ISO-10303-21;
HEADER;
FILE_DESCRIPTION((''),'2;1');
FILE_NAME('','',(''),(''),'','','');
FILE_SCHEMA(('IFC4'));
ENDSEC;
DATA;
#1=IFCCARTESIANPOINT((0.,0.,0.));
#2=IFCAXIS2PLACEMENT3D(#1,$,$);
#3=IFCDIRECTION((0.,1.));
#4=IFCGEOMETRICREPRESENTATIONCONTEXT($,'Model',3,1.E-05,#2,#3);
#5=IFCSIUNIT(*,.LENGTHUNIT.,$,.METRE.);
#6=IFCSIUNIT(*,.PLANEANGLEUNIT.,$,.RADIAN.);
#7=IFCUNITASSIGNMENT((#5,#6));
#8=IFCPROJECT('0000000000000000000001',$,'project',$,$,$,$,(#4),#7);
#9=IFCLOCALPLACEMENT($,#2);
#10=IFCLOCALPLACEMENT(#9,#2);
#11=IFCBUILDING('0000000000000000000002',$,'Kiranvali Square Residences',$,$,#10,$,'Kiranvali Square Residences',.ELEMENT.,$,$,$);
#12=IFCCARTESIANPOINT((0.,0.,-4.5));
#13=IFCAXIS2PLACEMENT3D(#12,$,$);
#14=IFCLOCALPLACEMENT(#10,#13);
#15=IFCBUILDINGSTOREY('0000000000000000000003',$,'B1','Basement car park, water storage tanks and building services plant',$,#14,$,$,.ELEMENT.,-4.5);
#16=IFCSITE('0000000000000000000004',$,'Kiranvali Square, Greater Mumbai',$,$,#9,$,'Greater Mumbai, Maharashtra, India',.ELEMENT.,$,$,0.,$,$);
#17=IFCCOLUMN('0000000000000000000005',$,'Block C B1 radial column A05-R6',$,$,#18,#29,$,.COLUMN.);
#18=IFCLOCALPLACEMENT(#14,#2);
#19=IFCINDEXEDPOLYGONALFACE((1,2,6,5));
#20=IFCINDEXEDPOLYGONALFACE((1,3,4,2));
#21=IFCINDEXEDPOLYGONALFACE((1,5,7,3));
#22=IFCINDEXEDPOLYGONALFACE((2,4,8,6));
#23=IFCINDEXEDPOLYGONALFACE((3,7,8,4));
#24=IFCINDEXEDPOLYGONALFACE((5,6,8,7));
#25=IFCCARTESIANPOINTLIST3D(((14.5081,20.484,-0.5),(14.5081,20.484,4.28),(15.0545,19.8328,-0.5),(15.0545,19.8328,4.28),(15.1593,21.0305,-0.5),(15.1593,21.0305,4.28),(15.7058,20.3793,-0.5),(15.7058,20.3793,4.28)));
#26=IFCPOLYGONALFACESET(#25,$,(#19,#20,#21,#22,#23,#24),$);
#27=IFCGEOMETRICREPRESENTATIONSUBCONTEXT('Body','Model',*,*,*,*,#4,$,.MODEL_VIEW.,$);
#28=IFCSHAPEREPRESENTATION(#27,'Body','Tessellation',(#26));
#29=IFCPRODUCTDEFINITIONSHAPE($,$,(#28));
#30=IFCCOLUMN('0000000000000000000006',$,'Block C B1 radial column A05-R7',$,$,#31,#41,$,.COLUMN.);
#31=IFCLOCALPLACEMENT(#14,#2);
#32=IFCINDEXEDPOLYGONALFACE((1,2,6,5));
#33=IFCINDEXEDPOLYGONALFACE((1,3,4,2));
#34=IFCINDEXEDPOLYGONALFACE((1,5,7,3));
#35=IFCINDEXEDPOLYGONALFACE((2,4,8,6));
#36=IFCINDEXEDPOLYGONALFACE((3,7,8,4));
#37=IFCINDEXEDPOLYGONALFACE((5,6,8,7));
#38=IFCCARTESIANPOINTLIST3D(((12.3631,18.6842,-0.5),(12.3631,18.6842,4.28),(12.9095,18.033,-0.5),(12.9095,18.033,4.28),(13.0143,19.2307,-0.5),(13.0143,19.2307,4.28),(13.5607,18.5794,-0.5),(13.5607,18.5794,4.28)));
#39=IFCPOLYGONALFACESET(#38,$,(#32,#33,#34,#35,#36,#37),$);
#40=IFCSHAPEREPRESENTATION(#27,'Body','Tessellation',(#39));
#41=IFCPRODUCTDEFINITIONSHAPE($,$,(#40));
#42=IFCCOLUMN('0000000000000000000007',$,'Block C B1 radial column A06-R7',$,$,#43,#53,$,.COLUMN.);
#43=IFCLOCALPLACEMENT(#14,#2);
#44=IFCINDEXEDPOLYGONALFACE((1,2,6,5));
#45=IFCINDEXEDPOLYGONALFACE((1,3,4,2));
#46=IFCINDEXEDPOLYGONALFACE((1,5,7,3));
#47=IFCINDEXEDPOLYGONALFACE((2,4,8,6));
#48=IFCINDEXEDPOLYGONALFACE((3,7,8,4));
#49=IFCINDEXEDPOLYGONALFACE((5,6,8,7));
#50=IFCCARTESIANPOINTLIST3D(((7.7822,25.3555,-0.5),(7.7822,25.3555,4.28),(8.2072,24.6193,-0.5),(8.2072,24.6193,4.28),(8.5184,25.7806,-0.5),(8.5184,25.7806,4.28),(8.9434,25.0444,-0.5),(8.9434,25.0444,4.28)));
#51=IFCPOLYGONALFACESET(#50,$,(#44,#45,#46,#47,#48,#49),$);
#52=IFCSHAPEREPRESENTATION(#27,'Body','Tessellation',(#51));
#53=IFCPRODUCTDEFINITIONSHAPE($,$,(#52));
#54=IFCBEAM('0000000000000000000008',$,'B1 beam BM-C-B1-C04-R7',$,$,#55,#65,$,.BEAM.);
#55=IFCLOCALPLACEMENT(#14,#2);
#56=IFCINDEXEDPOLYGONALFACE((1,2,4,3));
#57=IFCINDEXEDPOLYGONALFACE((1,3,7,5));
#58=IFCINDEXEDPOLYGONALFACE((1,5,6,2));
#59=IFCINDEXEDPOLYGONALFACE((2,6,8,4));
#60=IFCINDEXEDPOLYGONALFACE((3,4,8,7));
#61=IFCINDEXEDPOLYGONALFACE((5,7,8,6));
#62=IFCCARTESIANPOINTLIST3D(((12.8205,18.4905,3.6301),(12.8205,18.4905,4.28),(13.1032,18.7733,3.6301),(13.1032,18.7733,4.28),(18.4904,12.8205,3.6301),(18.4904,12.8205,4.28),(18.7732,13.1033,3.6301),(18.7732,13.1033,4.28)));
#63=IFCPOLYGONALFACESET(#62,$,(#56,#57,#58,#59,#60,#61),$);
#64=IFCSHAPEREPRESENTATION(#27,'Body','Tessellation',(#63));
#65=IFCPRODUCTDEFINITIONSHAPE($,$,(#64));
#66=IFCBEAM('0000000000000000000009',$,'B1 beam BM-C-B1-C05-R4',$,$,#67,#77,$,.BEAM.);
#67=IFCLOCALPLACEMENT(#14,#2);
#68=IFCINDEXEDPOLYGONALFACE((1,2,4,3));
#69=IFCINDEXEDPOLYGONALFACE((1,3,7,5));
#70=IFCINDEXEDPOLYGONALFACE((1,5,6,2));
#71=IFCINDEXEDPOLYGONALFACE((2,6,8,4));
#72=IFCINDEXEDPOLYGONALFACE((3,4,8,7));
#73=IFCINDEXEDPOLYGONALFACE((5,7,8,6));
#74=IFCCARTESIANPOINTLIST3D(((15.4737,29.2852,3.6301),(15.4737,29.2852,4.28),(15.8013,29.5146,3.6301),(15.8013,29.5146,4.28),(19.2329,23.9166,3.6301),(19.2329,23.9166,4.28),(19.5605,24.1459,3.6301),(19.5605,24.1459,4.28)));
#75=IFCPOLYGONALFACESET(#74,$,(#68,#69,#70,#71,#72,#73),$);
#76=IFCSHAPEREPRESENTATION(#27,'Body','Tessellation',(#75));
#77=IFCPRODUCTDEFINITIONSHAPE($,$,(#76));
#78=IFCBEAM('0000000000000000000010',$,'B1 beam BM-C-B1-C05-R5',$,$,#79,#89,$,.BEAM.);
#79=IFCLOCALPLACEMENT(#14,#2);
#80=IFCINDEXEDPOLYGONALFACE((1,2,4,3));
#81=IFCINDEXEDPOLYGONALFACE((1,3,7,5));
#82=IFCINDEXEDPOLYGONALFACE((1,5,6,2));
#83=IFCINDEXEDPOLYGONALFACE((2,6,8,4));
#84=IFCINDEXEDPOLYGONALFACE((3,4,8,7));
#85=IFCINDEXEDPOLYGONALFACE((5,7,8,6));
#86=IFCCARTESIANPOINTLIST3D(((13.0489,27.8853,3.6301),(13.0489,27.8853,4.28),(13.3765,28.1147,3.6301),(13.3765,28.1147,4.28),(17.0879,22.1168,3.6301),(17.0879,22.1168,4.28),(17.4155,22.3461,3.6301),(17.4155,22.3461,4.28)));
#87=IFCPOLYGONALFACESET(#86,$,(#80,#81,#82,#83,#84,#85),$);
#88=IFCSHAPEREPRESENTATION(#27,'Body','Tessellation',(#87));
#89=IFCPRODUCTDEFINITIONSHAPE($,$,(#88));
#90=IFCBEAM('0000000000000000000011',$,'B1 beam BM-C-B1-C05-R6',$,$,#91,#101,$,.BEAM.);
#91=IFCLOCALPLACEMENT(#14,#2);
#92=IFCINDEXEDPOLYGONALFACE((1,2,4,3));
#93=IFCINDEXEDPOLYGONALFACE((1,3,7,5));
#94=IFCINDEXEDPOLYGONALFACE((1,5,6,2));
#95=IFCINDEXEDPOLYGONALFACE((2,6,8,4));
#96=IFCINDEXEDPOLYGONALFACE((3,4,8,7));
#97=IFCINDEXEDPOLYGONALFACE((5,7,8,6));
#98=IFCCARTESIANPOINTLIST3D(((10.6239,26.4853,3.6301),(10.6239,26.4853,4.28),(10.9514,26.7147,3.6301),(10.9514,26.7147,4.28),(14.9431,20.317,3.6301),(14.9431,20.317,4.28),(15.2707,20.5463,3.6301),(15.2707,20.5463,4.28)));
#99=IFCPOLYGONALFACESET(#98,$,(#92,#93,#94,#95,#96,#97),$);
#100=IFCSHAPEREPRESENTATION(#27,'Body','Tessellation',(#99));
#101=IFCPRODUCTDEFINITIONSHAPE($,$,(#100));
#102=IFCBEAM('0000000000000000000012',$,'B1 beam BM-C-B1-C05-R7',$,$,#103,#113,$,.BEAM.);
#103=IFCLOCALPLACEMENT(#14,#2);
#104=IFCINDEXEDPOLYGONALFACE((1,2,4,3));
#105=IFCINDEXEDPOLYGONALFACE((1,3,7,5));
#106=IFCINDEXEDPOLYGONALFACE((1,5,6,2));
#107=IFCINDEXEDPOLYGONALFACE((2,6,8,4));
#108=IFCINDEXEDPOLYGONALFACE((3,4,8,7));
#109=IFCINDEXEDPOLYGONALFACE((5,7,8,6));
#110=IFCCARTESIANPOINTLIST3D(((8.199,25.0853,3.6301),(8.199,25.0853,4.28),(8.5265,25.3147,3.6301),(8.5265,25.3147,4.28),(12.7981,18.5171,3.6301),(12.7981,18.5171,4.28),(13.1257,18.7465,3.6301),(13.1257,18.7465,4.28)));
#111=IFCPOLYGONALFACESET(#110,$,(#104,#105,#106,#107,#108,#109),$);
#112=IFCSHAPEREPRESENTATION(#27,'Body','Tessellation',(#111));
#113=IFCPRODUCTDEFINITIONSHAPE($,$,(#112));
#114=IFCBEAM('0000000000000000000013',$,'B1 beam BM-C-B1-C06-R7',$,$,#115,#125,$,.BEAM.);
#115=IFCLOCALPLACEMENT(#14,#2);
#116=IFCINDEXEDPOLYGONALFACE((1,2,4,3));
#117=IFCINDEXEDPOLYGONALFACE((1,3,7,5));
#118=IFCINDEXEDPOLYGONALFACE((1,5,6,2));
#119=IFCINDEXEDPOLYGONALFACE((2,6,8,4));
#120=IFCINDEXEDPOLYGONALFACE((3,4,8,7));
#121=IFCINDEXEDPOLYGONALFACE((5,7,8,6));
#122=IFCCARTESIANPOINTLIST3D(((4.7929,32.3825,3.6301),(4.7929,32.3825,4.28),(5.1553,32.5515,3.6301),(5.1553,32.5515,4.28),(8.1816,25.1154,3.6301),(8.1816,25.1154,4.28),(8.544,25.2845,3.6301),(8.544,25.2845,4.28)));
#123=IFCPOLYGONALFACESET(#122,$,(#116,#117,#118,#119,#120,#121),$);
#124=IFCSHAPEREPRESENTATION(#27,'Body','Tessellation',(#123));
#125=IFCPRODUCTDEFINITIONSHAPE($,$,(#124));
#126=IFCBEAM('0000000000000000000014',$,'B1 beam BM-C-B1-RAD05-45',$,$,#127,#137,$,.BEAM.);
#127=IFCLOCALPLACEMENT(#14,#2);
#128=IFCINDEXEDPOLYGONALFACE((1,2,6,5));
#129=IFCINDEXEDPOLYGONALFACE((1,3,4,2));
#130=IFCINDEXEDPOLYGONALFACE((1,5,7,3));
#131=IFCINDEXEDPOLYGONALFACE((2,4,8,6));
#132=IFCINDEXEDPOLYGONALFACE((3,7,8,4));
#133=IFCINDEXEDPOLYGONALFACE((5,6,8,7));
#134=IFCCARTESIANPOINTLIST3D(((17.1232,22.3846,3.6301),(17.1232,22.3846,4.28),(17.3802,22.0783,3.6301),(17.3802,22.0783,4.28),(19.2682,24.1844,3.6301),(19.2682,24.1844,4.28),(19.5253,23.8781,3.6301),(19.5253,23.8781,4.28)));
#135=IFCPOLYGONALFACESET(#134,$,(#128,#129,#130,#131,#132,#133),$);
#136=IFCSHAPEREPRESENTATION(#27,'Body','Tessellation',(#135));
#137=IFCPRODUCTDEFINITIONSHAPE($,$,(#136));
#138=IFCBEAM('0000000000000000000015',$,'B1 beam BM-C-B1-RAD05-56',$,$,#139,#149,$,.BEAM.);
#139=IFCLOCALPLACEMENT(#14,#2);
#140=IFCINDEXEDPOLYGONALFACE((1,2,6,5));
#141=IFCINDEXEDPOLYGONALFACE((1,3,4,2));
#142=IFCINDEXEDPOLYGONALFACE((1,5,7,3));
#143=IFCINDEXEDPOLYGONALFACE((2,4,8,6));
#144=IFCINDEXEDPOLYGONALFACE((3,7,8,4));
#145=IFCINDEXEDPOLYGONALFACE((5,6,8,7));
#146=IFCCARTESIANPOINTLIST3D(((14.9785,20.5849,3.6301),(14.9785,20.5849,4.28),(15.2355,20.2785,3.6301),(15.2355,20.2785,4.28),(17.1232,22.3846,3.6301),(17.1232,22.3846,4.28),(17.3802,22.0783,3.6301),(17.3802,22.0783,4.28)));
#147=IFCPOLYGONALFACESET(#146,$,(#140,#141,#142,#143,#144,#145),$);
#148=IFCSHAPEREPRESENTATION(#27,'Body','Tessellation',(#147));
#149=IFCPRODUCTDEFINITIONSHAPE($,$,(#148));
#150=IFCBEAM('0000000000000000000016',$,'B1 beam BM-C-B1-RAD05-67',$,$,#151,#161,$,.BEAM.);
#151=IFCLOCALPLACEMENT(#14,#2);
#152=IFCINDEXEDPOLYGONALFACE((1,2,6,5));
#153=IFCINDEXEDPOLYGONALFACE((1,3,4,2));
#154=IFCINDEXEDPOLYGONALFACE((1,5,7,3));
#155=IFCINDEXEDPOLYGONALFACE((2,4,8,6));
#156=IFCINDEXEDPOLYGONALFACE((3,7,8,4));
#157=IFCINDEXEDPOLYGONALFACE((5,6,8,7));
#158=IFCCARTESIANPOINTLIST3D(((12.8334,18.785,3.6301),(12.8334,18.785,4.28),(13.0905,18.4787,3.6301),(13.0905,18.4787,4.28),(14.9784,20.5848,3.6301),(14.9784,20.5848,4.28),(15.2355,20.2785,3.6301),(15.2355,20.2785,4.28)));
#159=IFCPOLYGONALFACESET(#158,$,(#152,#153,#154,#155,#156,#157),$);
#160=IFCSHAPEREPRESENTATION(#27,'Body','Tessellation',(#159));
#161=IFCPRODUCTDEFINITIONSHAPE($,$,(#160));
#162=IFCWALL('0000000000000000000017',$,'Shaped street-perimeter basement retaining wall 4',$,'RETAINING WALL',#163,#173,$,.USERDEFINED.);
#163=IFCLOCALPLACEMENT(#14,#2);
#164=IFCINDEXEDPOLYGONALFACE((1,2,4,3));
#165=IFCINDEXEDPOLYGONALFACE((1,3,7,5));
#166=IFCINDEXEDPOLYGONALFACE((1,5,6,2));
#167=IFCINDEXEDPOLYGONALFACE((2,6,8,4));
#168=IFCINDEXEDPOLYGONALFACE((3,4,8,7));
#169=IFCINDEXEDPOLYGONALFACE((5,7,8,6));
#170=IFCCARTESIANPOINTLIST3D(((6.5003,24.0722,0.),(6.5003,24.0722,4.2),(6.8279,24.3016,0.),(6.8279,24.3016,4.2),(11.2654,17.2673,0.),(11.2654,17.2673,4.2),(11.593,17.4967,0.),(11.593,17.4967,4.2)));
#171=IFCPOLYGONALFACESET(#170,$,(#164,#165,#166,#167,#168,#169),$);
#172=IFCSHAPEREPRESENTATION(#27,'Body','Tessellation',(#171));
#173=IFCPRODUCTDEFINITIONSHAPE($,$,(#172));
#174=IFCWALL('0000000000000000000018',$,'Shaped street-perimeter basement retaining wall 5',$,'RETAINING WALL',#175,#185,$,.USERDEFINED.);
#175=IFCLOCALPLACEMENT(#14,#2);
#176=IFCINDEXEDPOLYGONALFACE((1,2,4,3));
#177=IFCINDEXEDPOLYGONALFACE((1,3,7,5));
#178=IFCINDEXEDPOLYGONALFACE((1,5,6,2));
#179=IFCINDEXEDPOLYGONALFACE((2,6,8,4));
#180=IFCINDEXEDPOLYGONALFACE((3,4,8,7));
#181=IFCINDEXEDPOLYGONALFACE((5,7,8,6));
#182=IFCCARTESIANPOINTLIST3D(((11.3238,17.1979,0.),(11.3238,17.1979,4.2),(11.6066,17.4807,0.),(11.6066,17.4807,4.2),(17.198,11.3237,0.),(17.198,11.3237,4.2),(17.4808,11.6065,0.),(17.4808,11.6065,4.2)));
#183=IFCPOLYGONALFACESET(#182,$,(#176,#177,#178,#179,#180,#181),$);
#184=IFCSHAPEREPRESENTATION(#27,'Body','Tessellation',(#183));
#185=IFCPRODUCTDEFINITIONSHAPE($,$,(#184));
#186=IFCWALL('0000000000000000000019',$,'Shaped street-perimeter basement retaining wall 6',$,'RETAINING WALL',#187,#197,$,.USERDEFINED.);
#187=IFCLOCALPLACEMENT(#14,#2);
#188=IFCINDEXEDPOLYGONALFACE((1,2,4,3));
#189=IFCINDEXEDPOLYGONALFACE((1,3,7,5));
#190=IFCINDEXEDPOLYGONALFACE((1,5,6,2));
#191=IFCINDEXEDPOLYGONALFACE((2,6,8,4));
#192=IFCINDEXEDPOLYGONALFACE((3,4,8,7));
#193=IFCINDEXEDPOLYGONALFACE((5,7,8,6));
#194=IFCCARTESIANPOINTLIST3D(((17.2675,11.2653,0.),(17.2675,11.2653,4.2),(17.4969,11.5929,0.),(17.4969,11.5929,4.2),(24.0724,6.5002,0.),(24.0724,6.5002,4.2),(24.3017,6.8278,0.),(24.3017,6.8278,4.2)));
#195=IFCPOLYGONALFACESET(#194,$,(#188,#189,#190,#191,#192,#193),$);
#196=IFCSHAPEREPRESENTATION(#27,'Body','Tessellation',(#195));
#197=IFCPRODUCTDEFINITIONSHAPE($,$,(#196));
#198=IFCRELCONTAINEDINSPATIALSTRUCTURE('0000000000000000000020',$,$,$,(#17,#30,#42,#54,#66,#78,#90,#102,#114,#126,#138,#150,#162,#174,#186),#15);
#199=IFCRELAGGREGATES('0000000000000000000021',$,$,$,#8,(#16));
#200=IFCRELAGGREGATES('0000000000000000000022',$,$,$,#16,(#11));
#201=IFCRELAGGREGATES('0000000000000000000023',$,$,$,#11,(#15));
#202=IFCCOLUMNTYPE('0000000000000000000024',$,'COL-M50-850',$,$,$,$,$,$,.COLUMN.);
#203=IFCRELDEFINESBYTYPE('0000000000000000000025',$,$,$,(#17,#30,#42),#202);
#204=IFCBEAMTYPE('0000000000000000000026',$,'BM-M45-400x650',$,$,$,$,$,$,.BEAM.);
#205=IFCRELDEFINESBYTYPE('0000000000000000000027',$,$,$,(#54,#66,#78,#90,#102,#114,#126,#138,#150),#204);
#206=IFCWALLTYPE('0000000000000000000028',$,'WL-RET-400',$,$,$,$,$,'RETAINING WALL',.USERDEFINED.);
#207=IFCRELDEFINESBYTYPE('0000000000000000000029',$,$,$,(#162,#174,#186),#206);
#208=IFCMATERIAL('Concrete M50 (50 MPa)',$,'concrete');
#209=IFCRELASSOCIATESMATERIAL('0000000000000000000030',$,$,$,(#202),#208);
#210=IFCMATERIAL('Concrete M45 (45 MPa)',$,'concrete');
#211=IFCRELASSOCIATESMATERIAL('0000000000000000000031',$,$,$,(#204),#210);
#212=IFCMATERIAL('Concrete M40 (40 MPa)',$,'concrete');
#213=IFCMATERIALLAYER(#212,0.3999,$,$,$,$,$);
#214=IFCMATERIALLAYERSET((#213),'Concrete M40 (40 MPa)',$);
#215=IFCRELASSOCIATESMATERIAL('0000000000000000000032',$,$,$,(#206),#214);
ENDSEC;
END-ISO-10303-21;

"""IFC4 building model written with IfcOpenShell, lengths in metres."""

from ifc_helpers import new_model, si_unit, direction, frame, frame_2d, origin, origin_2d, place, context, subcontext, project, spatial, rectangle, extrude, material, layer, layer_set, material_profile, profile_set, type_object, element, save


model = new_model("IFC4")

# Units and contexts
model_context = context("Model", 3, precision=1e-05, world=origin(), true_north=direction((0.0, 1.0)))
body_context = subcontext(model_context, "Body", "Model", "MODEL_VIEW")
ifc_project = project(units=[si_unit("LENGTHUNIT", "METRE"), si_unit("PLANEANGLEUNIT", "RADIAN")], contexts=[model_context])

# Site, building, storey
site_placement = place(None, origin())
site = spatial("IfcSite", under=ifc_project, at=site_placement, Name="Kiranvali Square, Greater Mumbai", LongName="Greater Mumbai, Maharashtra, India", CompositionType="ELEMENT", RefElevation=0.0)
building_placement = place(site_placement, origin())
building = spatial("IfcBuilding", under=site, at=building_placement, Name="Kiranvali Square Residences", LongName="Kiranvali Square Residences", CompositionType="ELEMENT")
storey_placement = place(building_placement, frame((0.0, 0.0, -4.5)))
storey = spatial("IfcBuildingStorey", under=building, at=storey_placement, Name="B1", Description="Basement car park, water storage tanks and building services plant", CompositionType="ELEMENT", Elevation=-4.5)

# Shared definitions
ifc_material_1 = material(Name="Concrete M40 (40 MPa)", Category="concrete")

# Columns
ifc_material_2 = material(Name="Concrete M50 (50 MPa)", Category="concrete")
ifc_material_profile_1 = material_profile(ifc_material_2, rectangle(XDim=0.8501, YDim=0.8501, at=origin_2d()), Name="RC 850x850")
ifc_profile_set_1 = profile_set([ifc_material_profile_1], Name="Concrete M50 (50 MPa)")
column_type = type_object("IfcColumnType", Name="COL-M50-850", PredefinedType="COLUMN", material=ifc_profile_set_1)
for number, where, z_axis, x_axis, name in (
    (1, (15.1069, 20.4316, -0.5), (0.0, 0.0, 1.0), (-0.642788, 0.766044, 0.0), "Block C B1 radial column A05-R6"),
    (2, (12.9619, 18.6318, -0.5), (0.0, 0.0, 1.0), (-0.642788, 0.766044, 0.0), "Block C B1 radial column A05-R7"),
    (3, (8.3628, 25.2, -0.5), (0.0, 0.0, 1.0), (-0.5, 0.866025, 0.0), "Block C B1 radial column A06-R7"),
):
    element("IfcColumn", number, at=place(storey_placement, frame(where, z_axis=z_axis, x_axis=x_axis)), inside=storey, type_object=column_type, Name=name, PredefinedType="COLUMN", context=body_context, shape_type="SweptSolid", body=[
        extrude(rectangle(XDim=0.8501, YDim=0.8501, at=origin_2d()), origin(), (0.0, 0.0, 1.0), 4.78),
    ])

# Beams
ifc_material_3 = material(Name="Concrete M45 (45 MPa)", Category="concrete")
ifc_material_profile_2 = material_profile(ifc_material_3, rectangle(XDim=0.3999, YDim=0.6499, at=origin_2d()), Name="RC 400x650")
ifc_profile_set_2 = profile_set([ifc_material_profile_2], Name="Concrete M45 (45 MPa)")
beam_type = type_object("IfcBeamType", Name="BM-M45-400x650", PredefinedType="BEAM", material=ifc_profile_set_2)
beam_1_placement = place(storey_placement, frame((18.6318, 12.9619, 3.9551), z_axis=(-0.707107, 0.707107, 0.0), x_axis=(-0.707107, -0.707107, 0.0)))
element("IfcBeam", 4, at=beam_1_placement, inside=storey, type_object=beam_type, Name="B1 beam BM-C-B1-C04-R7", PredefinedType="BEAM", context=body_context, shape_type="SweptSolid", body=[
    extrude(rectangle(XDim=0.3999, YDim=0.6499, at=origin_2d()), origin(), (0.0, 0.0, 1.0), 8.0186),
])
beam_2_placement = place(storey_placement, frame((19.3967, 24.0312, 3.9551), z_axis=(-0.573587, 0.819144, 0.0), x_axis=(-0.819144, -0.573587, 0.0)))
element("IfcBeam", 5, at=beam_2_placement, inside=storey, type_object=beam_type, Name="B1 beam BM-C-B1-C05-R4", PredefinedType="BEAM", context=body_context, shape_type="SweptSolid", body=[
    extrude(rectangle(XDim=0.3999, YDim=0.6499, at=origin_2d()), origin(), (0.0, 0.0, 1.0), 6.554),
])
beam_3_placement = place(storey_placement, frame((17.2517, 22.2314, 3.9551), z_axis=(-0.573565, 0.81916, 0.0), x_axis=(-0.81916, -0.573565, 0.0)))
element("IfcBeam", 6, at=beam_3_placement, inside=storey, type_object=beam_type, Name="B1 beam BM-C-B1-C05-R5", PredefinedType="BEAM", context=body_context, shape_type="SweptSolid", body=[
    extrude(rectangle(XDim=0.3999, YDim=0.6499, at=origin_2d()), origin(), (0.0, 0.0, 1.0), 7.042),
])
beam_4_placement = place(storey_placement, frame((15.1069, 20.4316, 3.9551), z_axis=(-0.573589, 0.819144, 0.0), x_axis=(-0.819144, -0.573589, 0.0)))
element("IfcBeam", 7, at=beam_4_placement, inside=storey, type_object=beam_type, Name="B1 beam BM-C-B1-C05-R6", PredefinedType="BEAM", context=body_context, shape_type="SweptSolid", body=[
    extrude(rectangle(XDim=0.3999, YDim=0.6499, at=origin_2d()), origin(), (0.0, 0.0, 1.0), 7.5303),
])
for number, where, z_axis, x_axis, name in (
    (8, (12.9619, 18.6318, 3.9551), (-0.573583, 0.819148, 0.0), (-0.819148, -0.573583, 0.0), "B1 beam BM-C-B1-C05-R7"),
    (9, (8.3628, 25.2, 3.9551), (-0.422615, 0.906309, 0.0), (-0.906309, -0.422615, 0.0), "B1 beam BM-C-B1-C06-R7"),
):
    element("IfcBeam", number, at=place(storey_placement, frame(where, z_axis=z_axis, x_axis=x_axis)), inside=storey, type_object=beam_type, Name=name, PredefinedType="BEAM", context=body_context, shape_type="SweptSolid", body=[
        extrude(rectangle(XDim=0.3999, YDim=0.6499, at=origin_2d()), origin(), (0.0, 0.0, 1.0), 8.0183),
    ])
beam_5_placement = place(storey_placement, frame((19.3967, 24.0312, 3.9551), z_axis=(-0.766059, -0.642771, 0.0), x_axis=(0.642771, -0.766059, 0.0)))
element("IfcBeam", 10, at=beam_5_placement, inside=storey, type_object=beam_type, Name="B1 beam BM-C-B1-RAD05-45", PredefinedType="BEAM", context=body_context, shape_type="SweptSolid", body=[
    extrude(rectangle(XDim=0.3999, YDim=0.6499, at=origin_2d()), origin(), (0.0, 0.0, 1.0), 2.8),
])
beam_6_placement = place(storey_placement, frame((17.2517, 22.2314, 3.9551), z_axis=(-0.766023, -0.642814, 0.0), x_axis=(0.642814, -0.766023, 0.0)))
element("IfcBeam", 11, at=beam_6_placement, inside=storey, type_object=beam_type, Name="B1 beam BM-C-B1-RAD05-56", PredefinedType="BEAM", context=body_context, shape_type="SweptSolid", body=[
    extrude(rectangle(XDim=0.3999, YDim=0.6499, at=origin_2d()), origin(), (0.0, 0.0, 1.0), 2.7998),
])
beam_7_placement = place(storey_placement, frame((15.1069, 20.4316, 3.9551), z_axis=(-0.766059, -0.642771, 0.0), x_axis=(0.642771, -0.766059, 0.0)))
element("IfcBeam", 12, at=beam_7_placement, inside=storey, type_object=beam_type, Name="B1 beam BM-C-B1-RAD05-67", PredefinedType="BEAM", context=body_context, shape_type="SweptSolid", body=[
    extrude(rectangle(XDim=0.3999, YDim=0.6499, at=origin_2d()), origin(), (0.0, 0.0, 1.0), 2.8),
])

# Walls
ifc_layer = layer(ifc_material_1, 0.3999)
ifc_layer_set = layer_set([ifc_layer], Name="Concrete M40 (40 MPa)")
wall_type = type_object("IfcWallType", Name="WL-RET-400", ElementType="RETAINING WALL", PredefinedType="USERDEFINED", material=ifc_layer_set)
for number, where, z_axis, x_axis, name in (
    (13, (6.6641, 24.187, 0.0), (0.0, 0.0, 1.0), (0.573598, -0.819137, 0.0), "Shaped street-perimeter basement retaining wall 4"),
    (14, (11.4651, 17.3394, 0.0), (0.0, 0.0, 1.0), (0.707107, -0.707107, 0.0), "Shaped street-perimeter basement retaining wall 5"),
    (15, (17.3821, 11.4292, 0.0), (0.0, 0.0, 1.0), (0.819137, -0.573598, 0.0), "Shaped street-perimeter basement retaining wall 6"),
):
    element("IfcWall", number, at=place(storey_placement, frame(where, z_axis=z_axis, x_axis=x_axis)), inside=storey, type_object=wall_type, Name=name, ObjectType="RETAINING WALL", PredefinedType="USERDEFINED", context=body_context, shape_type="SweptSolid", body=[
        extrude(rectangle(XDim=8.3074, YDim=0.3999, at=frame_2d((4.1538, 0.0))), origin(), (0.0, 0.0, 1.0), 4.2),
    ])

save(model, "model.ifc")
